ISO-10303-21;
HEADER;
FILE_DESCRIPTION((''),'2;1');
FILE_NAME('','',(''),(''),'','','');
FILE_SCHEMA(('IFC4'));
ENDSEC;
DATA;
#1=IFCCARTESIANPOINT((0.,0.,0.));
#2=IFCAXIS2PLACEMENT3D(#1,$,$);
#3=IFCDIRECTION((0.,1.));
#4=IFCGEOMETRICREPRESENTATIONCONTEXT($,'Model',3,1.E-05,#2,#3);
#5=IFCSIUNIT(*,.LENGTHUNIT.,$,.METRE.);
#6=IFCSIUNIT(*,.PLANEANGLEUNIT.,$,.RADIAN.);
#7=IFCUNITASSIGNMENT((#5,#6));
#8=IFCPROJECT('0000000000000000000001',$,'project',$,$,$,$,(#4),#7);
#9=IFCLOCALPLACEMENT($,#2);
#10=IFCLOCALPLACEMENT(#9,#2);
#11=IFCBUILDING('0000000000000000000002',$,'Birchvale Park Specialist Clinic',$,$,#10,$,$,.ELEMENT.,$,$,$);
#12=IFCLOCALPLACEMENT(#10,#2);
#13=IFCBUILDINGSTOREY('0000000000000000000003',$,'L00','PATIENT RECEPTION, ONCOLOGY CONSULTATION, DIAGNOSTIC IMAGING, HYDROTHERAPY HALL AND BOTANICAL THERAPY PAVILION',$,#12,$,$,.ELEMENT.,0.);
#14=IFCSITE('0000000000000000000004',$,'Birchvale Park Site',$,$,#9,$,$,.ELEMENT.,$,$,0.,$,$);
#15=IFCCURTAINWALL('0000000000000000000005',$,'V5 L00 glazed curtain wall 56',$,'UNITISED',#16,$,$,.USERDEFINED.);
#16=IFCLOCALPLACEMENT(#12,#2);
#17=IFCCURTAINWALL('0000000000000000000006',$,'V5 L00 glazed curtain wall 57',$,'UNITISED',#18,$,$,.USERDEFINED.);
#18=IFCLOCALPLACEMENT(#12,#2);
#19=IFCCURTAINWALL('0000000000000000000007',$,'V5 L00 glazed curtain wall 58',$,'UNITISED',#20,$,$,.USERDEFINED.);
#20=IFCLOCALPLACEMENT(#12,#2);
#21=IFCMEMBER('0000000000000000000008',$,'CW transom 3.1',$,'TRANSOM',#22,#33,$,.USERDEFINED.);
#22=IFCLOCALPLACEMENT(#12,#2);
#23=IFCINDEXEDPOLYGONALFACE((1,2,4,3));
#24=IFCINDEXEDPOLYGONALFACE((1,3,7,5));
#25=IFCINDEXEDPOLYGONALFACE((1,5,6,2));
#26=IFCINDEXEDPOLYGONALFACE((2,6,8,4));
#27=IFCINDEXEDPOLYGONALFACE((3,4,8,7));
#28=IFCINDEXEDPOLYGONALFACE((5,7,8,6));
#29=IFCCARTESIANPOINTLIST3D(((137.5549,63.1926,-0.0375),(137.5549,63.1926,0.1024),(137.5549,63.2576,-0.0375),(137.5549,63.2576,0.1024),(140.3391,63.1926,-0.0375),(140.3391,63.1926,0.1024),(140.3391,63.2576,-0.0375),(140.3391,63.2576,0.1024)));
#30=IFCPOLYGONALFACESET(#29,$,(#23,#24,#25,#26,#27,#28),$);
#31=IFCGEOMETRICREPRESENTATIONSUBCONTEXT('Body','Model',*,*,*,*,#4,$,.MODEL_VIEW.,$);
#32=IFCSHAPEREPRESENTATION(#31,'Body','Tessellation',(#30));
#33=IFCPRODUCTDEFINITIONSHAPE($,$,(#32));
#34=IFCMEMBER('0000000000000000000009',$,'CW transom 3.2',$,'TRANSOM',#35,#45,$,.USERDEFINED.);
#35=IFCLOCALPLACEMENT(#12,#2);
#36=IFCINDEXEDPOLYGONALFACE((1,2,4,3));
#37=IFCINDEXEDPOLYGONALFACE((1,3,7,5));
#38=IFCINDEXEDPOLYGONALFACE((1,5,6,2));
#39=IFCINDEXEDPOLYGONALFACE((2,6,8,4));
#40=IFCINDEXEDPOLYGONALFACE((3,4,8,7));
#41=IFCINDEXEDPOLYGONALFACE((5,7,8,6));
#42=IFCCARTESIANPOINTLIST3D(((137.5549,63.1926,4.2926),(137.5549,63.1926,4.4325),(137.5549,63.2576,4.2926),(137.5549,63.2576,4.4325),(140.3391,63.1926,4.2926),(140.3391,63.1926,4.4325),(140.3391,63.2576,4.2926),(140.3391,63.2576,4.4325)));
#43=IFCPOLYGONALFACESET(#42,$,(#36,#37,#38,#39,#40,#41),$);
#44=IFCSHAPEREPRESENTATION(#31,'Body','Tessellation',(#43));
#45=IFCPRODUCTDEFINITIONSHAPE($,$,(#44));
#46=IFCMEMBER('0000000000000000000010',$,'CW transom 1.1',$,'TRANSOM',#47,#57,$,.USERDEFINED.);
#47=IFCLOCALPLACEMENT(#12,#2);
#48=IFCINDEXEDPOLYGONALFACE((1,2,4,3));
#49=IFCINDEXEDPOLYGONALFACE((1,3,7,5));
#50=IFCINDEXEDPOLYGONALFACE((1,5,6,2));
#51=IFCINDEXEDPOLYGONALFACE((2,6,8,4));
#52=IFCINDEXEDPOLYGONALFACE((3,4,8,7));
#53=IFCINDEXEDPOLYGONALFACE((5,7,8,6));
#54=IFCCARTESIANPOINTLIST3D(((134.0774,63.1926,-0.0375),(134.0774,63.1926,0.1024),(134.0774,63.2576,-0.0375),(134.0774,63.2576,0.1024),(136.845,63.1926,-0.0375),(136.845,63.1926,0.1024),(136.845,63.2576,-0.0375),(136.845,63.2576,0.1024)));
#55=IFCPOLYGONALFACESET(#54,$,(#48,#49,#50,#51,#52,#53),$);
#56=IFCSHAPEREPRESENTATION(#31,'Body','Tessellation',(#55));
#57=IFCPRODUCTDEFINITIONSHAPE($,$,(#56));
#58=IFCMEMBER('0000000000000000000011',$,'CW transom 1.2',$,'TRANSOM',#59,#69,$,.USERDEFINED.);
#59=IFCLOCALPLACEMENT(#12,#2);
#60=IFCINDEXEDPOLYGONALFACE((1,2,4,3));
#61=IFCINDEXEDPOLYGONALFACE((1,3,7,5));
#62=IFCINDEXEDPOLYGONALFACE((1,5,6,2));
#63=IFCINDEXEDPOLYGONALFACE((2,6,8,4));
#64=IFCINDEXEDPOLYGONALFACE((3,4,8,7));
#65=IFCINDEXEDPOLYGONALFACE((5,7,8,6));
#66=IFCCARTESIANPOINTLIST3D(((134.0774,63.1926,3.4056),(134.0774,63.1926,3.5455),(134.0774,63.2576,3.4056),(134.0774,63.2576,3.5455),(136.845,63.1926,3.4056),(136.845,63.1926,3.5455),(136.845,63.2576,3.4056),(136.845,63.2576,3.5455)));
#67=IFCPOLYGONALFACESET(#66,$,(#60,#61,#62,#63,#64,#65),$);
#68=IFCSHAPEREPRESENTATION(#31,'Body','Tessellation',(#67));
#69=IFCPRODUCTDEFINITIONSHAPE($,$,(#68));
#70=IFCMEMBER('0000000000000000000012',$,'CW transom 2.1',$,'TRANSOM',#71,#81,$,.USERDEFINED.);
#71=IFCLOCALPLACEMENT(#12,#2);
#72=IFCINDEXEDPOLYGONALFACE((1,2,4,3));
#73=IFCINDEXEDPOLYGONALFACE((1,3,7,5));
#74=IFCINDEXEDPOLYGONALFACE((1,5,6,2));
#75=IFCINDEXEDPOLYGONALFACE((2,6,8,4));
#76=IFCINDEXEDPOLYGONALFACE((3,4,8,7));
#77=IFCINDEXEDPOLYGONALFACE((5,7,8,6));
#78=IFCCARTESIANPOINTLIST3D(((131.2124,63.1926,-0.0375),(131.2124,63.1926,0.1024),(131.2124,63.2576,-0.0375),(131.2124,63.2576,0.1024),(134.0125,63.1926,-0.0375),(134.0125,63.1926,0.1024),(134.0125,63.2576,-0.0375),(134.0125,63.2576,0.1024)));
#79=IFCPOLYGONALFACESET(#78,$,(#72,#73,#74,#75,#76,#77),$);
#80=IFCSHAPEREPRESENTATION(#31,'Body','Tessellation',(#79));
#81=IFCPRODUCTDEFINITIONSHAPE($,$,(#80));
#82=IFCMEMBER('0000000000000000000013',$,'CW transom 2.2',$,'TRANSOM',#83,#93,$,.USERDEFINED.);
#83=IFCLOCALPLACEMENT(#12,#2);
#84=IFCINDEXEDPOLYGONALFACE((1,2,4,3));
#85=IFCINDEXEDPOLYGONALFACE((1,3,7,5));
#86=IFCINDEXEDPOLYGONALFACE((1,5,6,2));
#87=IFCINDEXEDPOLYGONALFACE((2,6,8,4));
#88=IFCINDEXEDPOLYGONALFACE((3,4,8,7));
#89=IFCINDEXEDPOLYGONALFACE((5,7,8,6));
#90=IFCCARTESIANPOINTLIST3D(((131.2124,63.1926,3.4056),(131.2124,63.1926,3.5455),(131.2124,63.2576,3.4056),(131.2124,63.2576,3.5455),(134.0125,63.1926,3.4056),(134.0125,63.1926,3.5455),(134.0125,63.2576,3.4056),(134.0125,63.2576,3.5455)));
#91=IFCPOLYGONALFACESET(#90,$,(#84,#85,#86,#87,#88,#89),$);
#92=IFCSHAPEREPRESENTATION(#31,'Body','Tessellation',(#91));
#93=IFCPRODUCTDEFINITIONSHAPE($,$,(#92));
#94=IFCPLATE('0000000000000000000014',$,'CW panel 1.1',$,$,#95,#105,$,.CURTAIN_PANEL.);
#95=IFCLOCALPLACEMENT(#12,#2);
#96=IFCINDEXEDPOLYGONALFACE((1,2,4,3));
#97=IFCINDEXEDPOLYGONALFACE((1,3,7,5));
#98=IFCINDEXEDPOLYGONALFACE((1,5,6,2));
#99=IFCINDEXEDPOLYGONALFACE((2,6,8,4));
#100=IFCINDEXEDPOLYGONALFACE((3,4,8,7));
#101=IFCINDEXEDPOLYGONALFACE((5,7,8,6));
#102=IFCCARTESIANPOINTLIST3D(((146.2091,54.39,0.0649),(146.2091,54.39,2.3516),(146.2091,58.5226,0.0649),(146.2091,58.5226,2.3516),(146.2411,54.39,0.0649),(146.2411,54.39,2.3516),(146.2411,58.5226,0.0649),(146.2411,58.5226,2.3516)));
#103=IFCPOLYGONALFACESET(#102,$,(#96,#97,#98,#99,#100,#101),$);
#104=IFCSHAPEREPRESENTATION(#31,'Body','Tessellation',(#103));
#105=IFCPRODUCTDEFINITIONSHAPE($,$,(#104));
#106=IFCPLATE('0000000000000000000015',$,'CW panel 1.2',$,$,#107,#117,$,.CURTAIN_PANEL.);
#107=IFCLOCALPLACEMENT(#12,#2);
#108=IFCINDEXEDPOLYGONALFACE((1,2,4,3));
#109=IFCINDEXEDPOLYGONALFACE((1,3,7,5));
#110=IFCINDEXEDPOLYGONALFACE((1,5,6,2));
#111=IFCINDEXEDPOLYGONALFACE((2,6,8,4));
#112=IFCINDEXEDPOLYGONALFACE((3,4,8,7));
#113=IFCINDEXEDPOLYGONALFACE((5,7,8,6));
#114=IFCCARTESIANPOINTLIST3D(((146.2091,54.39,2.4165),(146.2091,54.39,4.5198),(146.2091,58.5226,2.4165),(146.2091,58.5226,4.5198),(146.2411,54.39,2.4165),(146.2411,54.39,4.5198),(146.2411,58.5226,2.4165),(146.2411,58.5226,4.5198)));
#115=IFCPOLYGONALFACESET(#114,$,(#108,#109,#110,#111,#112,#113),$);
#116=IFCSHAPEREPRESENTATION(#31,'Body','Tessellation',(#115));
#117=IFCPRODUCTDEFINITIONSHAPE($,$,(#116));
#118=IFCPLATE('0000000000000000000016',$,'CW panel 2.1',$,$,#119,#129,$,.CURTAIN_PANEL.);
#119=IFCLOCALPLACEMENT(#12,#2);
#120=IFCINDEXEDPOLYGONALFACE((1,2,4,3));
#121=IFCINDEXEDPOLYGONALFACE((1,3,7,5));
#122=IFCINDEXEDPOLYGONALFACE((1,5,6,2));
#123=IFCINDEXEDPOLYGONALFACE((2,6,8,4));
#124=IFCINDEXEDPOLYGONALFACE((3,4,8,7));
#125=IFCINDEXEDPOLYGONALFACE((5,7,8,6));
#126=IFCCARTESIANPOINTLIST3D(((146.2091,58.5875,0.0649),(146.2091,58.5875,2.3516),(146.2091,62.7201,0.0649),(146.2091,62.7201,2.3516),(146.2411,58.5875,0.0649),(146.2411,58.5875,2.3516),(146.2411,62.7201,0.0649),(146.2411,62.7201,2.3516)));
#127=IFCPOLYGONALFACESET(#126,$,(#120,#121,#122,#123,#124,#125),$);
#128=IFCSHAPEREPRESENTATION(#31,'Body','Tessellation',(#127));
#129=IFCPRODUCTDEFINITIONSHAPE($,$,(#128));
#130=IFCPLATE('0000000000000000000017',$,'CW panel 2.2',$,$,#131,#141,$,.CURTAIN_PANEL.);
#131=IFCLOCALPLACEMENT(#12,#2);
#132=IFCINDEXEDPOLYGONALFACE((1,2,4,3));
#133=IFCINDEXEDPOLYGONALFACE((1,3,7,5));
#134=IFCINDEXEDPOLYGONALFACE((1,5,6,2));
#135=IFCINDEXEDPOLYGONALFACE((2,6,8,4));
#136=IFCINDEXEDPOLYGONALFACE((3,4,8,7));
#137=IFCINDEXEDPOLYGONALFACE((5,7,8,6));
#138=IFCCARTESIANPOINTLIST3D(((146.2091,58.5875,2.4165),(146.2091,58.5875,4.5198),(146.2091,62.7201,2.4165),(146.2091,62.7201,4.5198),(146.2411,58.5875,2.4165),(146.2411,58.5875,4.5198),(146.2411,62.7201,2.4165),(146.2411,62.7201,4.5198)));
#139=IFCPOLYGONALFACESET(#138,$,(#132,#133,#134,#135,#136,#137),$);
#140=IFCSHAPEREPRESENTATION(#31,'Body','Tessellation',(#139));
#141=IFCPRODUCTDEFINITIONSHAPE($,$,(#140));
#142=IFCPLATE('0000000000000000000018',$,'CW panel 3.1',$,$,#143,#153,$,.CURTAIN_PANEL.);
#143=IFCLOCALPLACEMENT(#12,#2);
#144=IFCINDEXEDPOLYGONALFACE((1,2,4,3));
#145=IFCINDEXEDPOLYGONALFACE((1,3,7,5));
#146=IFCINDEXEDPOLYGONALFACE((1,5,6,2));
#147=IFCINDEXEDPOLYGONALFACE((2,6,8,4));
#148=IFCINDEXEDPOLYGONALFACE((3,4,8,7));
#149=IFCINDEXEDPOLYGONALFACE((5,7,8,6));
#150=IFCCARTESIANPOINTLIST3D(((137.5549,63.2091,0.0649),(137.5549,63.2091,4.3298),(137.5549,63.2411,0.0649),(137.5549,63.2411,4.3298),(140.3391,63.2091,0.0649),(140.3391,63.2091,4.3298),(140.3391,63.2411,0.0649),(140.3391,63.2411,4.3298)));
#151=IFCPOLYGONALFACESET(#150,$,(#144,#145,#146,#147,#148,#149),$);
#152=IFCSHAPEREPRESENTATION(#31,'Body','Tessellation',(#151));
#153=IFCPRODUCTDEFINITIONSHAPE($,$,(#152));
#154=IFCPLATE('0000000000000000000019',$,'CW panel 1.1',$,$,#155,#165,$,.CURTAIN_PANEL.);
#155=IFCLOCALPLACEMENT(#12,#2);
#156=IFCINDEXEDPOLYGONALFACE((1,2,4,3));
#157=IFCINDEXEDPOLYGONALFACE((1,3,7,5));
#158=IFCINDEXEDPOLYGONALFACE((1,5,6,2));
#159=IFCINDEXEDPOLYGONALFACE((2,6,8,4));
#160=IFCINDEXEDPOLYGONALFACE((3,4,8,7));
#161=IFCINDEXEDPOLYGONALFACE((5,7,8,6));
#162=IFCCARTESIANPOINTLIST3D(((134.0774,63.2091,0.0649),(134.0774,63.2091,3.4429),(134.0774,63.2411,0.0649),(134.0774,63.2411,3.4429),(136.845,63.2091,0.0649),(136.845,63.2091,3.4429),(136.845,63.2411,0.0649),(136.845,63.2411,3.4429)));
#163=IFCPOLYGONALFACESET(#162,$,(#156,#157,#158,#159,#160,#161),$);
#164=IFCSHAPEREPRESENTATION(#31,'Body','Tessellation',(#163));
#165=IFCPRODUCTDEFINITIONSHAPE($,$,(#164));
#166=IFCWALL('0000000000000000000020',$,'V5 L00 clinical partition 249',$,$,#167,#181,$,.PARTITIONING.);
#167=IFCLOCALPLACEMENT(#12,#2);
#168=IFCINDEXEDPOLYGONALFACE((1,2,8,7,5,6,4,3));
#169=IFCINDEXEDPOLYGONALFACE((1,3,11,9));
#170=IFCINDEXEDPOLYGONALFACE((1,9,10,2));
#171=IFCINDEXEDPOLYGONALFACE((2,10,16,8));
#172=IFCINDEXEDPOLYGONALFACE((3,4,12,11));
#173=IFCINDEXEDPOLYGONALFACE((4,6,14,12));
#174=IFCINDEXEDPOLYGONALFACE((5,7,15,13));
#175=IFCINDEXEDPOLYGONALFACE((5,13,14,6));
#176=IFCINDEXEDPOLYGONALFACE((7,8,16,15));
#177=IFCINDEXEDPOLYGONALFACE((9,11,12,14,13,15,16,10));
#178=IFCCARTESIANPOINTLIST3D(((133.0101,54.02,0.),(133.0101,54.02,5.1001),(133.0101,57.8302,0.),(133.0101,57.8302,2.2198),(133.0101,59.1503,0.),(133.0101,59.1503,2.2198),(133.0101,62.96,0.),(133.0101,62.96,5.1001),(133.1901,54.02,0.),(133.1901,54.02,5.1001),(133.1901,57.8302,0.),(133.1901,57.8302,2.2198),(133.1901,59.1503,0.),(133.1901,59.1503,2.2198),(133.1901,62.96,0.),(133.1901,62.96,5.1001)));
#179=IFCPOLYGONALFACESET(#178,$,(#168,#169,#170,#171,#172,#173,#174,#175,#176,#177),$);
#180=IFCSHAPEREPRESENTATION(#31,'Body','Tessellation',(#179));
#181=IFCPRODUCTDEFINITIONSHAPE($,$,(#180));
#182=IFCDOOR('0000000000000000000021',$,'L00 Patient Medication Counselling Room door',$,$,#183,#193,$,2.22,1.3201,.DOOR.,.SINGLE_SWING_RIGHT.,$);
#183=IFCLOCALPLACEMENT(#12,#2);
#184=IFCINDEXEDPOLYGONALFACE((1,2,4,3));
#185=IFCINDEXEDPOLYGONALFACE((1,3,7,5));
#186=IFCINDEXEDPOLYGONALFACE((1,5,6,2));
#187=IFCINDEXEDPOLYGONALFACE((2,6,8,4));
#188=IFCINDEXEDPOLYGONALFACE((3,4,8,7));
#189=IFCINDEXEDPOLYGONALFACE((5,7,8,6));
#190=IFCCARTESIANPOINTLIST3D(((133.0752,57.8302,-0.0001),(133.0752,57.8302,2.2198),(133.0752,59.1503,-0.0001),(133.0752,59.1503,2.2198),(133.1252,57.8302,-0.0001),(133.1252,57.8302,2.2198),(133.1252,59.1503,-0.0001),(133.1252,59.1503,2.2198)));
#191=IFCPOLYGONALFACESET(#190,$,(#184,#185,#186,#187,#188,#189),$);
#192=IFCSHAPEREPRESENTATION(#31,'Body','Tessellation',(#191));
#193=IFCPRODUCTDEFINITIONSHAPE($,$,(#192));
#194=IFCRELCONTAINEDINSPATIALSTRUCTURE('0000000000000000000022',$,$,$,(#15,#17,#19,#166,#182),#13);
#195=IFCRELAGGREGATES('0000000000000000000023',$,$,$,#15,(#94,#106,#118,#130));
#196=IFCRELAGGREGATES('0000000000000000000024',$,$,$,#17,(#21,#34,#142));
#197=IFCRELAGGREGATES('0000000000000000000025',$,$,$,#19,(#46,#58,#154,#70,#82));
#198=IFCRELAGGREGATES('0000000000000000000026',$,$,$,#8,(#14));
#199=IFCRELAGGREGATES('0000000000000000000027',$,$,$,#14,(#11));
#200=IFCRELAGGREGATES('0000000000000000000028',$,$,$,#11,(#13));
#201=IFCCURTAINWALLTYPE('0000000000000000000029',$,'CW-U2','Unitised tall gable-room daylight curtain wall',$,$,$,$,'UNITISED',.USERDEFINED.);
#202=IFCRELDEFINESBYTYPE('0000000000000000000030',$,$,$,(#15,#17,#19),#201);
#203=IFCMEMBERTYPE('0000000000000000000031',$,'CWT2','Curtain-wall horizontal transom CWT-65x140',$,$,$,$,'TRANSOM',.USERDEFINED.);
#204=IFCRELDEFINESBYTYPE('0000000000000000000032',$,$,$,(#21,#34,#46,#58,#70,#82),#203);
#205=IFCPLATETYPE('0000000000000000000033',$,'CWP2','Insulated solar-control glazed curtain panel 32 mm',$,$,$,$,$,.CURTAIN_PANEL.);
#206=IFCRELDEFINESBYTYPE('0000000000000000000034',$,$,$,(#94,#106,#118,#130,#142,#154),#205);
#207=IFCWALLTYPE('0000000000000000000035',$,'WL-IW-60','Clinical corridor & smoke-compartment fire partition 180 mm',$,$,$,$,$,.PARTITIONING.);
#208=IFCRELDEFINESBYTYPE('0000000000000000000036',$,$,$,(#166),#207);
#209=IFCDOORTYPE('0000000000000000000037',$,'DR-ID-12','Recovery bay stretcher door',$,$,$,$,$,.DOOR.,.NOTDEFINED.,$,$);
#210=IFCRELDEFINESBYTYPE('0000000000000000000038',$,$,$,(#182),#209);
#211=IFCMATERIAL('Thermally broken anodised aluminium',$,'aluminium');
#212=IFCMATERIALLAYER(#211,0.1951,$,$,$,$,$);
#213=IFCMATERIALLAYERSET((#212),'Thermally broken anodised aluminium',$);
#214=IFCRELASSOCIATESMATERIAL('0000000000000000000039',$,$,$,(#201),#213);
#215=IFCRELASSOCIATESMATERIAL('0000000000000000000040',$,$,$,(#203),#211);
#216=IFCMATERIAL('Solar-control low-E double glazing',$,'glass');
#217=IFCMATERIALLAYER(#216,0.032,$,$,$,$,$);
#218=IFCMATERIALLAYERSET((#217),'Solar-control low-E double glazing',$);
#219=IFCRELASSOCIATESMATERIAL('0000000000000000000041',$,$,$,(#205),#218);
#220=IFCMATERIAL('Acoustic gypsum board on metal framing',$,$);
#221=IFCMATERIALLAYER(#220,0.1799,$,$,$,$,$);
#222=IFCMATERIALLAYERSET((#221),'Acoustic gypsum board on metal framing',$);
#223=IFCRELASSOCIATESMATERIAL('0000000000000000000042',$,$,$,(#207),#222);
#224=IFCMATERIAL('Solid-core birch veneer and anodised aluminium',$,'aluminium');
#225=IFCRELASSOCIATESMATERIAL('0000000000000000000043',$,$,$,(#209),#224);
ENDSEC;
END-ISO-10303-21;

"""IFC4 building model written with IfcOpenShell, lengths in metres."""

from ifc_helpers import new_model, si_unit, direction, frame, frame_2d, origin, origin_2d, place, context, subcontext, project, spatial, rectangle, extrude, material, layer, layer_set, material_profile, profile_set, type_object, element, fill, aggregate, save


model = new_model("IFC4")

# Units and contexts
model_context = context("Model", 3, precision=1e-05, world=origin(), true_north=direction((0.0, 1.0)))
body_context = subcontext(model_context, "Body", "Model", "MODEL_VIEW")
ifc_project = project(units=[si_unit("LENGTHUNIT", "METRE"), si_unit("PLANEANGLEUNIT", "RADIAN")], contexts=[model_context])

# Site, building, storey
site_placement = place(None, origin())
site = spatial("IfcSite", under=ifc_project, at=site_placement, Name="Birchvale Park Site", CompositionType="ELEMENT", RefElevation=0.0)
building_placement = place(site_placement, origin())
building = spatial("IfcBuilding", under=site, at=building_placement, Name="Birchvale Park Specialist Clinic", CompositionType="ELEMENT")
storey_placement = place(building_placement, origin())
storey = spatial("IfcBuildingStorey", under=building, at=storey_placement, Name="L00", Description="PATIENT RECEPTION, ONCOLOGY CONSULTATION, DIAGNOSTIC IMAGING, HYDROTHERAPY HALL AND BOTANICAL THERAPY PAVILION", CompositionType="ELEMENT", Elevation=0.0)

# Curtain wall
ifc_material_1 = material(Name="Thermally broken anodised aluminium", Category="aluminium")
ifc_layer_1 = layer(ifc_material_1, 0.1951)
ifc_layer_set_1 = layer_set([ifc_layer_1], Name="Thermally broken anodised aluminium")
curtain_wall_type = type_object("IfcCurtainWallType", Name="CW-U2", Description="Unitised tall gable-room daylight curtain wall", ElementType="UNITISED", PredefinedType="USERDEFINED", material=ifc_layer_set_1)
curtain_wall_1_placement = place(storey_placement, origin())
curtain_wall_1 = element("IfcCurtainWall", 1, at=curtain_wall_1_placement, inside=storey, type_object=curtain_wall_type, Name="V5 L00 glazed curtain wall 56", ObjectType="UNITISED", PredefinedType="USERDEFINED")

# Curtain wall
curtain_wall_2_placement = place(storey_placement, origin())
curtain_wall_2 = element("IfcCurtainWall", 2, at=curtain_wall_2_placement, inside=storey, type_object=curtain_wall_type, Name="V5 L00 glazed curtain wall 57", ObjectType="UNITISED", PredefinedType="USERDEFINED")

# Curtain wall
curtain_wall_3_placement = place(storey_placement, origin())
curtain_wall_3 = element("IfcCurtainWall", 3, at=curtain_wall_3_placement, inside=storey, type_object=curtain_wall_type, Name="V5 L00 glazed curtain wall 58", ObjectType="UNITISED", PredefinedType="USERDEFINED")

# Members
ifc_material_profile_1 = material_profile(ifc_material_1, rectangle(XDim=0.0649, YDim=0.1399, at=origin_2d()), Name="CWT-65x140")
ifc_profile_set_1 = profile_set([ifc_material_profile_1], Name="Thermally broken anodised aluminium")
member_type_1 = type_object("IfcMemberType", Name="CWT2", Description="Curtain-wall horizontal transom CWT-65x140", ElementType="TRANSOM", PredefinedType="USERDEFINED", material=ifc_profile_set_1)
member_1_placement = place(storey_placement, frame((140.3391, 63.2251, 0.0325), z_axis=(-1.0, 0.0, 0.0), x_axis=(0.0, -1.0, 0.0)))
member_1 = element("IfcMember", 4, at=member_1_placement, type_object=member_type_1, Name="CW transom 3.1", ObjectType="TRANSOM", PredefinedType="USERDEFINED", context=body_context, shape_type="SweptSolid", body=[
    extrude(rectangle(XDim=0.0649, YDim=0.1399, at=origin_2d()), origin(), (0.0, 0.0, 1.0), 2.7842),
])
member_2_placement = place(storey_placement, frame((140.3391, 63.2251, 4.3625), z_axis=(-1.0, 0.0, 0.0), x_axis=(0.0, -1.0, 0.0)))
member_2 = element("IfcMember", 5, at=member_2_placement, type_object=member_type_1, Name="CW transom 3.2", ObjectType="TRANSOM", PredefinedType="USERDEFINED", context=body_context, shape_type="SweptSolid", body=[
    extrude(rectangle(XDim=0.0649, YDim=0.1399, at=origin_2d()), origin(), (0.0, 0.0, 1.0), 2.7842),
])
member_3_placement = place(storey_placement, frame((136.845, 63.2251, 0.0325), z_axis=(-1.0, 0.0, 0.0), x_axis=(0.0, -1.0, 0.0)))
member_3 = element("IfcMember", 6, at=member_3_placement, type_object=member_type_1, Name="CW transom 1.1", ObjectType="TRANSOM", PredefinedType="USERDEFINED", context=body_context, shape_type="SweptSolid", body=[
    extrude(rectangle(XDim=0.0649, YDim=0.1399, at=origin_2d()), origin(), (0.0, 0.0, 1.0), 2.7676),
])
member_4_placement = place(storey_placement, frame((136.845, 63.2251, 3.4756), z_axis=(-1.0, 0.0, 0.0), x_axis=(0.0, -1.0, 0.0)))
member_4 = element("IfcMember", 7, at=member_4_placement, type_object=member_type_1, Name="CW transom 1.2", ObjectType="TRANSOM", PredefinedType="USERDEFINED", context=body_context, shape_type="SweptSolid", body=[
    extrude(rectangle(XDim=0.0649, YDim=0.1399, at=origin_2d()), origin(), (0.0, 0.0, 1.0), 2.7676),
])
member_5_placement = place(storey_placement, frame((134.0125, 63.2251, 0.0325), z_axis=(-1.0, 0.0, 0.0), x_axis=(0.0, -1.0, 0.0)))
member_5 = element("IfcMember", 8, at=member_5_placement, type_object=member_type_1, Name="CW transom 2.1", ObjectType="TRANSOM", PredefinedType="USERDEFINED", context=body_context, shape_type="SweptSolid", body=[
    extrude(rectangle(XDim=0.0649, YDim=0.1399, at=origin_2d()), origin(), (0.0, 0.0, 1.0), 2.8),
])
member_6_placement = place(storey_placement, frame((134.0125, 63.2251, 3.4756), z_axis=(-1.0, 0.0, 0.0), x_axis=(0.0, -1.0, 0.0)))
member_6 = element("IfcMember", 9, at=member_6_placement, type_object=member_type_1, Name="CW transom 2.2", ObjectType="TRANSOM", PredefinedType="USERDEFINED", context=body_context, shape_type="SweptSolid", body=[
    extrude(rectangle(XDim=0.0649, YDim=0.1399, at=origin_2d()), origin(), (0.0, 0.0, 1.0), 2.8),
])

# Plates
ifc_material_2 = material(Name="Solar-control low-E double glazing", Category="glass")
ifc_layer_2 = layer(ifc_material_2, 0.032)
ifc_layer_set_2 = layer_set([ifc_layer_2], Name="Solar-control low-E double glazing")
plate_type = type_object("IfcPlateType", Name="CWP2", Description="Insulated solar-control glazed curtain panel 32 mm", PredefinedType="CURTAIN_PANEL", material=ifc_layer_set_2)
plate_1_placement = place(storey_placement, frame((146.2251, 56.4563, 0.0649), z_axis=(0.0, 0.0, 1.0), x_axis=(0.0, 1.0, 0.0)))
plate_1 = element("IfcPlate", 10, at=plate_1_placement, type_object=plate_type, Name="CW panel 1.1", PredefinedType="CURTAIN_PANEL", context=body_context, shape_type="SweptSolid", body=[
    extrude(rectangle(XDim=4.1326, YDim=0.032, at=origin_2d()), origin(), (0.0, 0.0, 1.0), 2.2866),
])
plate_2_placement = place(storey_placement, frame((146.2251, 56.4563, 2.4165), z_axis=(0.0, 0.0, 1.0), x_axis=(0.0, 1.0, 0.0)))
plate_2 = element("IfcPlate", 11, at=plate_2_placement, type_object=plate_type, Name="CW panel 1.2", PredefinedType="CURTAIN_PANEL", context=body_context, shape_type="SweptSolid", body=[
    extrude(rectangle(XDim=4.1326, YDim=0.032, at=origin_2d()), origin(), (0.0, 0.0, 1.0), 2.1033),
])
plate_3_placement = place(storey_placement, frame((146.2251, 60.6538, 0.0649), z_axis=(0.0, 0.0, 1.0), x_axis=(0.0, 1.0, 0.0)))
plate_3 = element("IfcPlate", 12, at=plate_3_placement, type_object=plate_type, Name="CW panel 2.1", PredefinedType="CURTAIN_PANEL", context=body_context, shape_type="SweptSolid", body=[
    extrude(rectangle(XDim=4.1326, YDim=0.032, at=origin_2d()), origin(), (0.0, 0.0, 1.0), 2.2866),
])
plate_4_placement = place(storey_placement, frame((146.2251, 60.6538, 2.4165), z_axis=(0.0, 0.0, 1.0), x_axis=(0.0, 1.0, 0.0)))
plate_4 = element("IfcPlate", 13, at=plate_4_placement, type_object=plate_type, Name="CW panel 2.2", PredefinedType="CURTAIN_PANEL", context=body_context, shape_type="SweptSolid", body=[
    extrude(rectangle(XDim=4.1326, YDim=0.032, at=origin_2d()), origin(), (0.0, 0.0, 1.0), 2.1033),
])
aggregate(curtain_wall_1, [plate_1, plate_2, plate_3, plate_4])
plate_5_placement = place(storey_placement, frame((138.947, 63.2251, 0.0649), z_axis=(0.0, 0.0, 1.0), x_axis=(-1.0, 0.0, 0.0)))
plate_5 = element("IfcPlate", 14, at=plate_5_placement, type_object=plate_type, Name="CW panel 3.1", PredefinedType="CURTAIN_PANEL", context=body_context, shape_type="SweptSolid", body=[
    extrude(rectangle(XDim=2.7842, YDim=0.032, at=origin_2d()), origin(), (0.0, 0.0, 1.0), 4.2649),
])
aggregate(curtain_wall_2, [member_1, member_2, plate_5])
plate_6_placement = place(storey_placement, frame((135.4612, 63.2251, 0.0649), z_axis=(0.0, 0.0, 1.0), x_axis=(-1.0, 0.0, 0.0)))
plate_6 = element("IfcPlate", 15, at=plate_6_placement, type_object=plate_type, Name="CW panel 1.1", PredefinedType="CURTAIN_PANEL", context=body_context, shape_type="SweptSolid", body=[
    extrude(rectangle(XDim=2.7676, YDim=0.032, at=origin_2d()), origin(), (0.0, 0.0, 1.0), 3.3779),
])
aggregate(curtain_wall_3, [member_3, member_4, plate_6, member_5, member_6])

# Wall, opening, door
ifc_material_3 = material(Name="Acoustic gypsum board on metal framing")
ifc_layer_3 = layer(ifc_material_3, 0.1799)
ifc_layer_set_3 = layer_set([ifc_layer_3], Name="Acoustic gypsum board on metal framing")
wall_type = type_object("IfcWallType", Name="WL-IW-60", Description="Clinical corridor & smoke-compartment fire partition 180 mm", PredefinedType="PARTITIONING", material=ifc_layer_set_3)
wall_placement = place(storey_placement, frame((133.1001, 54.02, 0.0), z_axis=(0.0, 0.0, 1.0), x_axis=(0.0, 1.0, 0.0)))
wall = element("IfcWall", 16, at=wall_placement, inside=storey, type_object=wall_type, Name="V5 L00 clinical partition 249", PredefinedType="PARTITIONING", context=body_context, shape_type="SweptSolid", body=[
    extrude(rectangle(XDim=8.9399, YDim=0.1799, at=frame_2d((4.47, 0.0))), origin(), (0.0, 0.0, 1.0), 5.1001),
])
opening_placement = place(wall_placement, frame((3.8101, 0.0, 0.0)))
opening = element("IfcOpeningElement", 17, at=opening_placement, cuts=wall, PredefinedType="OPENING", context=body_context, shape_type="SweptSolid", body=[
    extrude(rectangle(XDim=1.3201, YDim=2.22, at=frame_2d((0.6602, 1.1099))), frame((0.0, 0.1001, 0.0), z_axis=(0.0, -1.0, 0.0), x_axis=(1.0, 0.0, 0.0)), (0.0, 0.0, 1.0), 0.2),
])
ifc_material_4 = material(Name="Solid-core birch veneer and anodised aluminium", Category="aluminium")
door_type = type_object("IfcDoorType", Name="DR-ID-12", Description="Recovery bay stretcher door", OperationType="NOTDEFINED", PredefinedType="DOOR", material=ifc_material_4)
door_placement = place(opening_placement, origin())
door = element("IfcDoor", 18, at=door_placement, inside=storey, type_object=door_type, Name="L00 Patient Medication Counselling Room door", OperationType="SINGLE_SWING_RIGHT", OverallHeight=2.22, OverallWidth=1.3201, PredefinedType="DOOR", context=body_context, shape_type="SweptSolid", body=[
    extrude(rectangle(XDim=1.3201, YDim=2.22, at=frame_2d((0.6602, 1.1099))), frame((0.0, 0.0249, 0.0), z_axis=(0.0, -1.0, 0.0), x_axis=(1.0, 0.0, 0.0)), (0.0, 0.0, 1.0), 0.05),
])
fill(opening, door)

save(model, "model.ifc")
